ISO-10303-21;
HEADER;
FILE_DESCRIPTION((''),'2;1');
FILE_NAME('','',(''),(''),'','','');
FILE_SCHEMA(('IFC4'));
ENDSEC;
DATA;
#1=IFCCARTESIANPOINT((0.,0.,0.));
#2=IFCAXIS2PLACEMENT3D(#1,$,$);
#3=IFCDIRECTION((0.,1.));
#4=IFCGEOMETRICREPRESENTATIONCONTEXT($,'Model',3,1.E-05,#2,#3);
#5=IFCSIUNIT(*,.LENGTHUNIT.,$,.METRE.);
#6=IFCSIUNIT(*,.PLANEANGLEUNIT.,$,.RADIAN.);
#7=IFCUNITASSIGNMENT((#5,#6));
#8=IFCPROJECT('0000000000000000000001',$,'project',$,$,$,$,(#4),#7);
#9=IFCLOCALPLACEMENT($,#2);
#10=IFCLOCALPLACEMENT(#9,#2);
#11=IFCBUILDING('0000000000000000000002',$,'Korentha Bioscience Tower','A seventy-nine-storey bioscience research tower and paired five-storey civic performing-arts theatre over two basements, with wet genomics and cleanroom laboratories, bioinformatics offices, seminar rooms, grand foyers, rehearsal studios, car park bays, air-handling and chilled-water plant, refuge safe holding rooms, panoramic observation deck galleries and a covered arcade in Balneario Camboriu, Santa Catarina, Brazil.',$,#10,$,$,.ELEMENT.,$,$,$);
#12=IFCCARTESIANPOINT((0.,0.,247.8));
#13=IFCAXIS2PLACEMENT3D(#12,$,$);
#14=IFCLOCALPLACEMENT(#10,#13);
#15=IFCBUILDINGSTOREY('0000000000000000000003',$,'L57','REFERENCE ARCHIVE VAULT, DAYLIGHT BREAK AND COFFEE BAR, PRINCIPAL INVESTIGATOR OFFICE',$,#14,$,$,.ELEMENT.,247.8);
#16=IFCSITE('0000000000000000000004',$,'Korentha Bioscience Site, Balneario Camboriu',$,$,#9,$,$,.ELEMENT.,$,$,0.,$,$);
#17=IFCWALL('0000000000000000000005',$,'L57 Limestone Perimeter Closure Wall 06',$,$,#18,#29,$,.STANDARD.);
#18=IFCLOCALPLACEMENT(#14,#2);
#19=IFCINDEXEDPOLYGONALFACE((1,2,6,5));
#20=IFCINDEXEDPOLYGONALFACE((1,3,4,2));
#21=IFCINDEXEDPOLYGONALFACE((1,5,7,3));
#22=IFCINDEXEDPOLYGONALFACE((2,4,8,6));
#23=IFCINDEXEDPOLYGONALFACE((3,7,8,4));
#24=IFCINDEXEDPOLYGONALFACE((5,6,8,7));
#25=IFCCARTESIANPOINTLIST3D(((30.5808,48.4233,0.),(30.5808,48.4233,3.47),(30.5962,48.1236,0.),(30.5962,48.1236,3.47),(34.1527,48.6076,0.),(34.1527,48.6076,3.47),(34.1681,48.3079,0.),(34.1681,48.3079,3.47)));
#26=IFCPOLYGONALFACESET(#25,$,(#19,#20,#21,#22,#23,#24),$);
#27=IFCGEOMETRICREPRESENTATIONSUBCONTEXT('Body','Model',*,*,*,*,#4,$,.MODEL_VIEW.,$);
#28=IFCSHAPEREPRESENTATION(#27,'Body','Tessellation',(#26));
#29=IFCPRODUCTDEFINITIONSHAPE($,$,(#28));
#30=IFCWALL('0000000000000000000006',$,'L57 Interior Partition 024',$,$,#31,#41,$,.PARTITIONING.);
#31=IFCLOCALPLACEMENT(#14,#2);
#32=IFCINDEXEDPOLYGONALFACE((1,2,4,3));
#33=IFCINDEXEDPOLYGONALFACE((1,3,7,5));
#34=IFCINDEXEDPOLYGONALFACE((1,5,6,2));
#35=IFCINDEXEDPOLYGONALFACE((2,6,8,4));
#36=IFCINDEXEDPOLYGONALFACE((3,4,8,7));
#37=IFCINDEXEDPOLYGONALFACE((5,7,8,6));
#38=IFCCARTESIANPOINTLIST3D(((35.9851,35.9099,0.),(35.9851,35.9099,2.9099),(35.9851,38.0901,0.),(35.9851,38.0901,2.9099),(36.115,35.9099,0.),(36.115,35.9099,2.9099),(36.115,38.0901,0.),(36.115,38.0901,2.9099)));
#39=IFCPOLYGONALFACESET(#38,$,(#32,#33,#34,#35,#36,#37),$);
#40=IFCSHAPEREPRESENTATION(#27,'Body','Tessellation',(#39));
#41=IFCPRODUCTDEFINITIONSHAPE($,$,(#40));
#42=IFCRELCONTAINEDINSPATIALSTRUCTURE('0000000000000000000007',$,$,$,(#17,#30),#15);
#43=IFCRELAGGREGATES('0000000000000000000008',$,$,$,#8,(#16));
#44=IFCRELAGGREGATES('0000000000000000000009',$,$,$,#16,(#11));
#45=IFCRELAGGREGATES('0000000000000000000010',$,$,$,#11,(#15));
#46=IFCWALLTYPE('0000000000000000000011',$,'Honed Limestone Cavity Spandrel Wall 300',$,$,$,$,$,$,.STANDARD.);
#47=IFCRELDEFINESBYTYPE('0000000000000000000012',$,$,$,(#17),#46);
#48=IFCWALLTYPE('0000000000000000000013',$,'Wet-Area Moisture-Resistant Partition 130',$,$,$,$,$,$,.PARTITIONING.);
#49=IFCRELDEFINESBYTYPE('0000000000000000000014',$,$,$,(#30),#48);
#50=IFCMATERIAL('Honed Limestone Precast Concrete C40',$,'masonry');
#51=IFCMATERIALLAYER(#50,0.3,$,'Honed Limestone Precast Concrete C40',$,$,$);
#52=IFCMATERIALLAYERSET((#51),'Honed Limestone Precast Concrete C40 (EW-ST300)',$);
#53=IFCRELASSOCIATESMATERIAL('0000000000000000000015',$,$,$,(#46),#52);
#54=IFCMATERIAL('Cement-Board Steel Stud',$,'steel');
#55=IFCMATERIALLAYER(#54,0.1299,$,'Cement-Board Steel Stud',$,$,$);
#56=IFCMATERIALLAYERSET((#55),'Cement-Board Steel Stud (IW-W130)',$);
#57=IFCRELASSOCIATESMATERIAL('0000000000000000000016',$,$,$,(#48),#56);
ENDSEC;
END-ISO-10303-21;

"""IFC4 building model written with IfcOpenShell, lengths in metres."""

from ifc_helpers import new_model, si_unit, direction, frame, frame_2d, origin, place, context, subcontext, project, spatial, rectangle, extrude, material, layer, layer_set, type_object, element, save


model = new_model("IFC4")

# Units and contexts
model_context = context("Model", 3, precision=1e-05, world=origin(), true_north=direction((0.0, 1.0)))
body_context = subcontext(model_context, "Body", "Model", "MODEL_VIEW")
ifc_project = project(units=[si_unit("LENGTHUNIT", "METRE"), si_unit("PLANEANGLEUNIT", "RADIAN")], contexts=[model_context])

# Site, building, storey
site_placement = place(None, origin())
site = spatial("IfcSite", under=ifc_project, at=site_placement, Name="Korentha Bioscience Site, Balneario Camboriu", CompositionType="ELEMENT", RefElevation=0.0)
building_placement = place(site_placement, origin())
building = spatial("IfcBuilding", under=site, at=building_placement, Name="Korentha Bioscience Tower", Description="A seventy-nine-storey bioscience research tower and paired five-storey civic performing-arts theatre over two basements, with wet genomics and cleanroom laboratories, bioinformatics offices, seminar rooms, grand foyers, rehearsal studios, car park bays, air-handling and chilled-water plant, refuge safe holding rooms, panoramic observation deck galleries and a covered arcade in Balneario Camboriu, Santa Catarina, Brazil.", CompositionType="ELEMENT")
storey_placement = place(building_placement, frame((0.0, 0.0, 247.8)))
storey = spatial("IfcBuildingStorey", under=building, at=storey_placement, Name="L57", Description="REFERENCE ARCHIVE VAULT, DAYLIGHT BREAK AND COFFEE BAR, PRINCIPAL INVESTIGATOR OFFICE", CompositionType="ELEMENT", Elevation=247.8)

# Wall
ifc_material_1 = material(Name="Honed Limestone Precast Concrete C40", Category="masonry")
ifc_layer_1 = layer(ifc_material_1, 0.3, Name="Honed Limestone Precast Concrete C40")
ifc_layer_set_1 = layer_set([ifc_layer_1], Name="Honed Limestone Precast Concrete C40 (EW-ST300)")
wall_type_1 = type_object("IfcWallType", Name="Honed Limestone Cavity Spandrel Wall 300", PredefinedType="STANDARD", material=ifc_layer_set_1)
wall_1_placement = place(storey_placement, frame((34.1604, 48.4578, 0.0), z_axis=(0.0, 0.0, 1.0), x_axis=(-0.998671, -0.051534, 0.0)))
element("IfcWall", 1, at=wall_1_placement, inside=storey, type_object=wall_type_1, Name="L57 Limestone Perimeter Closure Wall 06", PredefinedType="STANDARD", context=body_context, shape_type="SweptSolid", body=[
    extrude(rectangle(XDim=3.5767, YDim=0.3, at=frame_2d((1.7883, 0.0))), origin(), (0.0, 0.0, 1.0), 3.47),
])

# Shared definitions
ifc_material_2 = material(Name="Cement-Board Steel Stud", Category="steel")
ifc_layer_2 = layer(ifc_material_2, 0.1299, Name="Cement-Board Steel Stud")
ifc_layer_set_2 = layer_set([ifc_layer_2], Name="Cement-Board Steel Stud (IW-W130)")
wall_type_2 = type_object("IfcWallType", Name="Wet-Area Moisture-Resistant Partition 130", PredefinedType="PARTITIONING", material=ifc_layer_set_2)

# Wall
wall_2_placement = place(storey_placement, frame((36.05, 38.0901, 0.0), z_axis=(0.0, 0.0, 1.0), x_axis=(0.0, -1.0, 0.0)))
element("IfcWall", 2, at=wall_2_placement, inside=storey, type_object=wall_type_2, Name="L57 Interior Partition 024", PredefinedType="PARTITIONING", context=body_context, shape_type="SweptSolid", body=[
    extrude(rectangle(XDim=2.1802, YDim=0.1299, at=frame_2d((1.0901, 0.0))), origin(), (0.0, 0.0, 1.0), 2.9099),
])

save(model, "model.ifc")
